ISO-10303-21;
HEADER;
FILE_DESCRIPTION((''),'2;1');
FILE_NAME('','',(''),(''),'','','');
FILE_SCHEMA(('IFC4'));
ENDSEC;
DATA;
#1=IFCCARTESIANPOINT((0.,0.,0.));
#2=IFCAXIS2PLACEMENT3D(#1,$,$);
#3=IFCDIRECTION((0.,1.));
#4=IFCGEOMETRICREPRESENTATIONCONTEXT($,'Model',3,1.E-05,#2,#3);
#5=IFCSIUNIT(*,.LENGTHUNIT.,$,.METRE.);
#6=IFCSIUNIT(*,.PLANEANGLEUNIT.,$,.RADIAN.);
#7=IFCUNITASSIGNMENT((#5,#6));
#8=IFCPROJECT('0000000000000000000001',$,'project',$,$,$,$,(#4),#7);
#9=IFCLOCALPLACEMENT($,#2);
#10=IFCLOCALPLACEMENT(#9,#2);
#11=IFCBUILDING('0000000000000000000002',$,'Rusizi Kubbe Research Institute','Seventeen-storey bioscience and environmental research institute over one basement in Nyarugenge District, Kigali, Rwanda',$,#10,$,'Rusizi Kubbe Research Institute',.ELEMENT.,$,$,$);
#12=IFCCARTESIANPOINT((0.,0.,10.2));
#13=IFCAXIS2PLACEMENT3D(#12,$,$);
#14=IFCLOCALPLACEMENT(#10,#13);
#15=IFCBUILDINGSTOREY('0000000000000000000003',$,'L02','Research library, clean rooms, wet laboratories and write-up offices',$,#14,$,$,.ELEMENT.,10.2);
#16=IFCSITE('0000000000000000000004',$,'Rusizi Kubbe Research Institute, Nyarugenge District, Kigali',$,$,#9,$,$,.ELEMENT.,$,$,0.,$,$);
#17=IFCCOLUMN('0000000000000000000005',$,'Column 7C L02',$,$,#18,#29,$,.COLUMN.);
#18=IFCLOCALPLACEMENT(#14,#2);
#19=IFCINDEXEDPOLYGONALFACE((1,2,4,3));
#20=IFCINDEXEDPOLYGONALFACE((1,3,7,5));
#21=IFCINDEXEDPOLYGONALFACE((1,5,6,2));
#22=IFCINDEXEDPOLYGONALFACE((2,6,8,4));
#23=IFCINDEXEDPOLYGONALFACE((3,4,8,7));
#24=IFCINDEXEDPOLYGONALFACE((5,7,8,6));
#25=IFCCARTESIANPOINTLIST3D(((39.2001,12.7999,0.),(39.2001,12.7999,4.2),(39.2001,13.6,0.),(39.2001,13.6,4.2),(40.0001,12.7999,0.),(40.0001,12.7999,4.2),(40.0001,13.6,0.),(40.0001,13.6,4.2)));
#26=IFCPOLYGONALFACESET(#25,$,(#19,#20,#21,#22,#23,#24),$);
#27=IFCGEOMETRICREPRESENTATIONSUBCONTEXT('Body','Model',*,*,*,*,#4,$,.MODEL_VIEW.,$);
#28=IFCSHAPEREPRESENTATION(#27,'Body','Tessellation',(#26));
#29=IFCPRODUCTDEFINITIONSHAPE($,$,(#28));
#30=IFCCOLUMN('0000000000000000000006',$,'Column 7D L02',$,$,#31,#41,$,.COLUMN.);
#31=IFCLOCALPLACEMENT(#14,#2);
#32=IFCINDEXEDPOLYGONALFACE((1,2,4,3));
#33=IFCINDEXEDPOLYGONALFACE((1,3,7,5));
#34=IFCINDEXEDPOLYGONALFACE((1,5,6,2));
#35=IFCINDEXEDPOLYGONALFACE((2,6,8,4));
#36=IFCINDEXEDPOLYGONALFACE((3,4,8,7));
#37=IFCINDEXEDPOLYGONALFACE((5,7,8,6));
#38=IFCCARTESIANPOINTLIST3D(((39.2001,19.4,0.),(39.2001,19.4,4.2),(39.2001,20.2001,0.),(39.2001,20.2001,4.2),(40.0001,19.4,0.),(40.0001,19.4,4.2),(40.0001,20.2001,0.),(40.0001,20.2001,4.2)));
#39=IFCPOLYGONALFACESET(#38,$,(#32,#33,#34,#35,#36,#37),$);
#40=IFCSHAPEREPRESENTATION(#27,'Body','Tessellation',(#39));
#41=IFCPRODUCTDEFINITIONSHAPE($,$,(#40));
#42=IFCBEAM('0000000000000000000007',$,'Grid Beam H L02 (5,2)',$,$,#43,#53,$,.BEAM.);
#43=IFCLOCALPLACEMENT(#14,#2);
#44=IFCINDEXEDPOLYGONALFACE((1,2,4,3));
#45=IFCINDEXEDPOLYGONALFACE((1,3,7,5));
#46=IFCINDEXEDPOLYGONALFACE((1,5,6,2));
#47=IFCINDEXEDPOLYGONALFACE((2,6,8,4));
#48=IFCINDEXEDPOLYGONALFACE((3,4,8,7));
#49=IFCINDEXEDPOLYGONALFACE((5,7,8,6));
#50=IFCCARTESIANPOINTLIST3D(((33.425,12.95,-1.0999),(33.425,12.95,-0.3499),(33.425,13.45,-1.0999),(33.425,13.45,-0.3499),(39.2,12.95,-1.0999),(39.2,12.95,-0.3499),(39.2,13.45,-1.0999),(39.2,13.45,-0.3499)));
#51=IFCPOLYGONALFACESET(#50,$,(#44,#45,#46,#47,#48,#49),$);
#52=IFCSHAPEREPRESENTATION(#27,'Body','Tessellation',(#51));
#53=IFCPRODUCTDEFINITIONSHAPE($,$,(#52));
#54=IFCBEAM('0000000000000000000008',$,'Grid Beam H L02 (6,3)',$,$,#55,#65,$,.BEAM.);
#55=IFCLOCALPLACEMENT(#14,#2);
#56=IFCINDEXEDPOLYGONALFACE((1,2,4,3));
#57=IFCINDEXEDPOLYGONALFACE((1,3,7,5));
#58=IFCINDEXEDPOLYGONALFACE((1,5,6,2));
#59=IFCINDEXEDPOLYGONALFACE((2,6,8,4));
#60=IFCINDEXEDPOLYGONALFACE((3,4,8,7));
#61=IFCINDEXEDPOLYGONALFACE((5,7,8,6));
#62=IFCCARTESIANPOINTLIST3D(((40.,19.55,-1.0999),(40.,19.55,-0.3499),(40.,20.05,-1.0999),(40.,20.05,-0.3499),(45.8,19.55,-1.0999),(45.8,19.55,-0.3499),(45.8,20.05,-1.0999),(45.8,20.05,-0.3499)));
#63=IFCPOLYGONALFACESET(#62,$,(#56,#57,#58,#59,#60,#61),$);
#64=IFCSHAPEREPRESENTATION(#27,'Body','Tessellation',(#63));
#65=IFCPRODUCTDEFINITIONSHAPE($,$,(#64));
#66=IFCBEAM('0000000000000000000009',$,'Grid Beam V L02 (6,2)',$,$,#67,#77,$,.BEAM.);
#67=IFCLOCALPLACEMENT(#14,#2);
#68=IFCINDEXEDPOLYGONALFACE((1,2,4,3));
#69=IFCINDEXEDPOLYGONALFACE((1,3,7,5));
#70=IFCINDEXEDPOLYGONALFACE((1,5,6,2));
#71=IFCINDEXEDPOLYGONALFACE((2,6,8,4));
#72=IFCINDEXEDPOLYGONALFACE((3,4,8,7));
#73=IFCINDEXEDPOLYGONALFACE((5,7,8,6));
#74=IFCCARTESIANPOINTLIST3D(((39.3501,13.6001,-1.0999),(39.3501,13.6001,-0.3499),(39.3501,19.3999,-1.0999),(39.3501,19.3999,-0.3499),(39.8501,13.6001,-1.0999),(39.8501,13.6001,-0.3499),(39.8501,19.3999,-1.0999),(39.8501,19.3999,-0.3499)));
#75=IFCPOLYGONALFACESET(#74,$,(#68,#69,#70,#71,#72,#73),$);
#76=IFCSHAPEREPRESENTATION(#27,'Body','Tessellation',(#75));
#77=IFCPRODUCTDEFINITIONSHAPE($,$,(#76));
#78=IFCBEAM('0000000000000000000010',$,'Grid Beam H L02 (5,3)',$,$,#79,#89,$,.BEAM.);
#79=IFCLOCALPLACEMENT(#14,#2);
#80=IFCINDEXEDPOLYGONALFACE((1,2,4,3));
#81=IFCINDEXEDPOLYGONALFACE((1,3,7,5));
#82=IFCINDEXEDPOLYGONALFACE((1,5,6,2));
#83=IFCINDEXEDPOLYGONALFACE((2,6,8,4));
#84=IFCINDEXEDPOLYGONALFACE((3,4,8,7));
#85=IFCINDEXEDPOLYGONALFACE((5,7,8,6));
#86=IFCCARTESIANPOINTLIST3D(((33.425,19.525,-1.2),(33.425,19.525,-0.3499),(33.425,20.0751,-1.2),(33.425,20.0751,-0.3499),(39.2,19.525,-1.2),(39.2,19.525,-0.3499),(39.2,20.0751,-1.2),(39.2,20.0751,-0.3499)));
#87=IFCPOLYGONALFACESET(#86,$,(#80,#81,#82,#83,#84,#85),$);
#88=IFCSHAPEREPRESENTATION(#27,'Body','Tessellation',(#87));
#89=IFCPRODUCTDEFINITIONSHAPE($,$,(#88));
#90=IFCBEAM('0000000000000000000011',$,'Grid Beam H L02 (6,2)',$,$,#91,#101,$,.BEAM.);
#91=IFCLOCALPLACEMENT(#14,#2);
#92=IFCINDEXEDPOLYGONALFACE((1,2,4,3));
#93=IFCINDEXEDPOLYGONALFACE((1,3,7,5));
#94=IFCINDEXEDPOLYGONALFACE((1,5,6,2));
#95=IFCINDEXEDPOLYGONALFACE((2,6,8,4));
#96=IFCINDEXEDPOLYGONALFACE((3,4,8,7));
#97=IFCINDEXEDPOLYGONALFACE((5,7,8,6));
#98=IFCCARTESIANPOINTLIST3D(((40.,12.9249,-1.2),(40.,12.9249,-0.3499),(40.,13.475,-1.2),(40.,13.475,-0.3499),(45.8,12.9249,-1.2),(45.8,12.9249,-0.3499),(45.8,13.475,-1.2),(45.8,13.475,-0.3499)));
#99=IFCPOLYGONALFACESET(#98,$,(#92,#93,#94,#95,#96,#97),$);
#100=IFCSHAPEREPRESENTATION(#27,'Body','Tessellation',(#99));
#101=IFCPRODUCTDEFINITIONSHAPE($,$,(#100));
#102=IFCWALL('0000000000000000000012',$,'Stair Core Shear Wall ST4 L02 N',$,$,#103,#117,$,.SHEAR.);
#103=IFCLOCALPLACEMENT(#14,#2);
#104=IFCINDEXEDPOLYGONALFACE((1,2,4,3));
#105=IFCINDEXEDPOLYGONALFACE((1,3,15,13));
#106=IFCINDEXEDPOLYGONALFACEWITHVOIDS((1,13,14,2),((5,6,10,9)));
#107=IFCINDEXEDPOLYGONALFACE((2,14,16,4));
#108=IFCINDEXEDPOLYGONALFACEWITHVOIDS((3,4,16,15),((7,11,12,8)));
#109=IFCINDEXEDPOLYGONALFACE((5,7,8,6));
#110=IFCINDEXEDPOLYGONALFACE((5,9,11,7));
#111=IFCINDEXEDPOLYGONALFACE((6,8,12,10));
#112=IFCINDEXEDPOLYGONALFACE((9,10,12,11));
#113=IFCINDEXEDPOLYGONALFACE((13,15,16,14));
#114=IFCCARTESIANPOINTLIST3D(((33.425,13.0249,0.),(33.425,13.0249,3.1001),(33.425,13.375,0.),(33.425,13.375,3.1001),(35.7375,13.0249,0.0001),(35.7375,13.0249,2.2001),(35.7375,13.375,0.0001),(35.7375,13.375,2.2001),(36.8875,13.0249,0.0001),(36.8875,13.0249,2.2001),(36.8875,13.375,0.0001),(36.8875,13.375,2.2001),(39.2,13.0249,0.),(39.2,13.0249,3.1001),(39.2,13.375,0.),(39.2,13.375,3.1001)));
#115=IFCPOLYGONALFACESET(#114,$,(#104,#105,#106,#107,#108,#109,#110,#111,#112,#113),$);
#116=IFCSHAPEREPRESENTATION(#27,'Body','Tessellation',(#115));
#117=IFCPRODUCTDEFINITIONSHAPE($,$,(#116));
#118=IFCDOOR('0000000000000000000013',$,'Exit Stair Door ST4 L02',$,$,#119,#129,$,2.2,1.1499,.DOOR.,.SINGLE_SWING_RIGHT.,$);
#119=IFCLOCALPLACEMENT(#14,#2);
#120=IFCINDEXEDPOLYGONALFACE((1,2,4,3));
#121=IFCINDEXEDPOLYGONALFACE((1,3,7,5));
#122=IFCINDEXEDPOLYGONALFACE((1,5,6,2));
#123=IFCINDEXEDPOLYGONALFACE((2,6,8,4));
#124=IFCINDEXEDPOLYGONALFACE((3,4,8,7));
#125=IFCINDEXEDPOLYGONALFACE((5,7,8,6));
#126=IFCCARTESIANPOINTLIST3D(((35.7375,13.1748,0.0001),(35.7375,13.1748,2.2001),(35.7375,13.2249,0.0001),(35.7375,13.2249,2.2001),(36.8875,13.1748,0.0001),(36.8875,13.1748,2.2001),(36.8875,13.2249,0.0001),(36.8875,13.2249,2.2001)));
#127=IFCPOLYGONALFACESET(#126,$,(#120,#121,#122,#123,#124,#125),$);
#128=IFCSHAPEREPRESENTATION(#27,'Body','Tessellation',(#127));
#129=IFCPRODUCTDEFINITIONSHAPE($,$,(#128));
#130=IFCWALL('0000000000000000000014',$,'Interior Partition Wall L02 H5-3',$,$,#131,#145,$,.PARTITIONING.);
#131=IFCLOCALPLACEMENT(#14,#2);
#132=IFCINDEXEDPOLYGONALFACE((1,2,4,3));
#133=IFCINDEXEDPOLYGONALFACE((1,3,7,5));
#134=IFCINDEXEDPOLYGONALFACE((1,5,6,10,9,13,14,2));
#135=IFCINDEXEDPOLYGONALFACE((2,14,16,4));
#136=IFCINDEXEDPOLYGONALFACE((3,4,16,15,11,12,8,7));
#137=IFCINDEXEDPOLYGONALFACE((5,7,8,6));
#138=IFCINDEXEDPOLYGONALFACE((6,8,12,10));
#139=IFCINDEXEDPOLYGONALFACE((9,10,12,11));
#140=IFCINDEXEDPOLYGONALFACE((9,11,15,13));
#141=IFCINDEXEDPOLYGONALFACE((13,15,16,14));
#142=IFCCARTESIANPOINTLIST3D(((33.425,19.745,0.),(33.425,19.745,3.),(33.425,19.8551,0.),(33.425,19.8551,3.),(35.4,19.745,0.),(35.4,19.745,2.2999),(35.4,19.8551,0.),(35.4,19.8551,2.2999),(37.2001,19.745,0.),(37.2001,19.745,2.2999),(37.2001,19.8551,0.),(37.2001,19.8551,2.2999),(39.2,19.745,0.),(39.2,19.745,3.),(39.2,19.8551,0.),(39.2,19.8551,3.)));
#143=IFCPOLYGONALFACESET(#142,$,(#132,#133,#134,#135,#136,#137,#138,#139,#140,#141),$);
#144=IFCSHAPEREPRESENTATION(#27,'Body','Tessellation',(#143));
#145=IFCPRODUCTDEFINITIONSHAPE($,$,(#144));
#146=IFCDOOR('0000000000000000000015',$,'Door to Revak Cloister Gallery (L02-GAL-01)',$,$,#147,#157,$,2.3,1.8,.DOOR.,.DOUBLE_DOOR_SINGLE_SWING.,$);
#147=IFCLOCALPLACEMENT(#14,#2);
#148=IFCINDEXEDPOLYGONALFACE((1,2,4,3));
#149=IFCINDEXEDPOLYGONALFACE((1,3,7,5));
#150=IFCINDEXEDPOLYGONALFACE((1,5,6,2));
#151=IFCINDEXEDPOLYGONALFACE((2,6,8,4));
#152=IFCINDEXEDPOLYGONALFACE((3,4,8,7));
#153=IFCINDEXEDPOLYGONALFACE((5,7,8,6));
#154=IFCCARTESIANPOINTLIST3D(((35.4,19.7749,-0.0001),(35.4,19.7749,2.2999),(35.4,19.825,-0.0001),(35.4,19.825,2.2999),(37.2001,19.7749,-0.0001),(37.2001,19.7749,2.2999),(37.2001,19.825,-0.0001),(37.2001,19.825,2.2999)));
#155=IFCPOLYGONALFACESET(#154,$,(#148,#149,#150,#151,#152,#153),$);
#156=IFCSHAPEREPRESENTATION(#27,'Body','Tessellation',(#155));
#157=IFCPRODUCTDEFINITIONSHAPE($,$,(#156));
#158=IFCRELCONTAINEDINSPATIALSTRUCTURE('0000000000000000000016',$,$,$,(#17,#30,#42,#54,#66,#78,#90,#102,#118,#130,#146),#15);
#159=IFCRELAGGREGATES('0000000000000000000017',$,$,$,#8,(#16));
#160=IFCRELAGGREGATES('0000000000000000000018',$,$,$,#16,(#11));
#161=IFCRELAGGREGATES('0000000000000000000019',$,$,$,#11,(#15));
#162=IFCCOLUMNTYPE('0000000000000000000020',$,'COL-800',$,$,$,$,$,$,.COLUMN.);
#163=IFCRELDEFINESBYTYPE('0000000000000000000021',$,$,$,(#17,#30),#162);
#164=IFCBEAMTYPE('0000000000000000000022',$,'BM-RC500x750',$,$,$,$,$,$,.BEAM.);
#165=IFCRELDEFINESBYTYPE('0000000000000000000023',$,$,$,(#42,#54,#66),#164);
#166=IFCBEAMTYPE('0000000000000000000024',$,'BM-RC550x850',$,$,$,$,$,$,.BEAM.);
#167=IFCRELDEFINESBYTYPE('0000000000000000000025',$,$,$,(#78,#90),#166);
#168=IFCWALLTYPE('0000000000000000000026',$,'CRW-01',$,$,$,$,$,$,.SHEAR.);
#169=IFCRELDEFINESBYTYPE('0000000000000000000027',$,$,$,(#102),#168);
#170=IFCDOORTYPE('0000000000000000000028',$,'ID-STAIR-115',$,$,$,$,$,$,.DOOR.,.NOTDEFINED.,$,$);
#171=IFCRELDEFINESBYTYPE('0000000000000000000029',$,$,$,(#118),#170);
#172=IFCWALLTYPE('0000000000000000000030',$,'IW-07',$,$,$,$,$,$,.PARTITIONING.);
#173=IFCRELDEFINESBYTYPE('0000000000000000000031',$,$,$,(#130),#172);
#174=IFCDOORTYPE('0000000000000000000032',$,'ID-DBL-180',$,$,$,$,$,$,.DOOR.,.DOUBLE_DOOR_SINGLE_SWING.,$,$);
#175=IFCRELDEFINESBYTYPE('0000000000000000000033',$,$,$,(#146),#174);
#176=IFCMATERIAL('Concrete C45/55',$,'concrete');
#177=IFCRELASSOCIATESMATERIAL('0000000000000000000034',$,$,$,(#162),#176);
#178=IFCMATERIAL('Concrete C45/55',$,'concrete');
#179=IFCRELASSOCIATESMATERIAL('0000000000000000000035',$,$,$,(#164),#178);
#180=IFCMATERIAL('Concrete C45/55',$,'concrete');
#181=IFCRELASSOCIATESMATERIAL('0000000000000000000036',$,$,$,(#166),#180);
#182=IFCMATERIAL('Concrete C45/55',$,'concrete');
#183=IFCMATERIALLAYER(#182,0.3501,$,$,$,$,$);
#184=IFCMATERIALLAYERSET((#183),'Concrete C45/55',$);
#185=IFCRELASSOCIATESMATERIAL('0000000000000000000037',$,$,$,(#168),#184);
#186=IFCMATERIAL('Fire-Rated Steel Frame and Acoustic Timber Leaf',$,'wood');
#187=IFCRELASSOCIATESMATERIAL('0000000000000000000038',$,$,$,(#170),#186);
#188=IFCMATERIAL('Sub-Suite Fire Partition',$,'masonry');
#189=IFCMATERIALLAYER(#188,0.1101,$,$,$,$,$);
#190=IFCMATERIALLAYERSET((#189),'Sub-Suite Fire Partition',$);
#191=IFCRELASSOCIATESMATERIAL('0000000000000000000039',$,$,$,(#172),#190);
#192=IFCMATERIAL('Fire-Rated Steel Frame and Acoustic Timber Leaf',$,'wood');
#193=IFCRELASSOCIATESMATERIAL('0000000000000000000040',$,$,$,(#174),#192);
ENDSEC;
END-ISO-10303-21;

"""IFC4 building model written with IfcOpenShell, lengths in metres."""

from ifc_helpers import new_model, si_unit, direction, frame, frame_2d, origin, origin_2d, place, context, subcontext, project, spatial, rectangle, extrude, material, layer, layer_set, material_profile, profile_set, type_object, element, fill, save


model = new_model("IFC4")

# Units and contexts
model_context = context("Model", 3, precision=1e-05, world=origin(), true_north=direction((0.0, 1.0)))
body_context = subcontext(model_context, "Body", "Model", "MODEL_VIEW")
ifc_project = project(units=[si_unit("LENGTHUNIT", "METRE"), si_unit("PLANEANGLEUNIT", "RADIAN")], contexts=[model_context])

# Site, building, storey
site_placement = place(None, origin())
site = spatial("IfcSite", under=ifc_project, at=site_placement, Name="Rusizi Kubbe Research Institute, Nyarugenge District, Kigali", CompositionType="ELEMENT", RefElevation=0.0)
building_placement = place(site_placement, origin())
building = spatial("IfcBuilding", under=site, at=building_placement, Name="Rusizi Kubbe Research Institute", Description="Seventeen-storey bioscience and environmental research institute over one basement in Nyarugenge District, Kigali, Rwanda", LongName="Rusizi Kubbe Research Institute", CompositionType="ELEMENT")
storey_placement = place(building_placement, frame((0.0, 0.0, 10.2)))
storey = spatial("IfcBuildingStorey", under=building, at=storey_placement, Name="L02", Description="Research library, clean rooms, wet laboratories and write-up offices", CompositionType="ELEMENT", Elevation=10.2)

# Columns
ifc_material_1 = material(Name="Concrete C45/55", Category="concrete")
ifc_material_profile_1 = material_profile(ifc_material_1, rectangle(XDim=0.8, YDim=0.8, at=origin_2d()), Name="RC800x800")
ifc_profile_set_1 = profile_set([ifc_material_profile_1], Name="Concrete C45/55")
column_type = type_object("IfcColumnType", Name="COL-800", PredefinedType="COLUMN", material=ifc_profile_set_1)
for number, where, z_axis, x_axis, name in (
    (1, (39.6001, 13.2, 0.0), (0.0, 0.0, 1.0), (1.0, 0.0, 0.0), "Column 7C L02"),
    (2, (39.6001, 19.8, 0.0), (0.0, 0.0, 1.0), (1.0, 0.0, 0.0), "Column 7D L02"),
):
    element("IfcColumn", number, at=place(storey_placement, frame(where, z_axis=z_axis, x_axis=x_axis)), inside=storey, type_object=column_type, Name=name, PredefinedType="COLUMN", context=body_context, shape_type="SweptSolid", body=[
        extrude(rectangle(XDim=0.8, YDim=0.8, at=origin_2d()), origin(), (0.0, 0.0, 1.0), 4.2),
    ])

# Beams
ifc_material_2 = material(Name="Concrete C45/55", Category="concrete")
ifc_material_profile_2 = material_profile(ifc_material_2, rectangle(XDim=0.5, YDim=0.75, at=origin_2d()), Name="RC500x750B")
ifc_profile_set_2 = profile_set([ifc_material_profile_2], Name="Concrete C45/55")
beam_type_1 = type_object("IfcBeamType", Name="BM-RC500x750", PredefinedType="BEAM", material=ifc_profile_set_2)
beam_1_placement = place(storey_placement, frame((33.425, 13.2, -0.7249), z_axis=(1.0, 0.0, 0.0), x_axis=(0.0, 1.0, 0.0)))
element("IfcBeam", 3, at=beam_1_placement, inside=storey, type_object=beam_type_1, Name="Grid Beam H L02 (5,2)", PredefinedType="BEAM", context=body_context, shape_type="SweptSolid", body=[
    extrude(rectangle(XDim=0.5, YDim=0.75, at=origin_2d()), origin(), (0.0, 0.0, 1.0), 5.7749),
])
beam_2_placement = place(storey_placement, frame((40.0, 19.8, -0.7249), z_axis=(1.0, 0.0, 0.0), x_axis=(0.0, 1.0, 0.0)))
element("IfcBeam", 4, at=beam_2_placement, inside=storey, type_object=beam_type_1, Name="Grid Beam H L02 (6,3)", PredefinedType="BEAM", context=body_context, shape_type="SweptSolid", body=[
    extrude(rectangle(XDim=0.5, YDim=0.75, at=origin_2d()), origin(), (0.0, 0.0, 1.0), 5.8),
])
beam_3_placement = place(storey_placement, frame((39.6001, 13.6001, -0.7249), z_axis=(0.0, 1.0, 0.0), x_axis=(-1.0, 0.0, 0.0)))
element("IfcBeam", 5, at=beam_3_placement, inside=storey, type_object=beam_type_1, Name="Grid Beam V L02 (6,2)", PredefinedType="BEAM", context=body_context, shape_type="SweptSolid", body=[
    extrude(rectangle(XDim=0.5, YDim=0.75, at=origin_2d()), origin(), (0.0, 0.0, 1.0), 5.7998),
])
ifc_material_3 = material(Name="Concrete C45/55", Category="concrete")
ifc_material_profile_3 = material_profile(ifc_material_3, rectangle(XDim=0.55, YDim=0.8501, at=origin_2d()), Name="RC550x850")
ifc_profile_set_3 = profile_set([ifc_material_profile_3], Name="Concrete C45/55")
beam_type_2 = type_object("IfcBeamType", Name="BM-RC550x850", PredefinedType="BEAM", material=ifc_profile_set_3)
beam_4_placement = place(storey_placement, frame((33.425, 19.8, -0.7749), z_axis=(1.0, 0.0, 0.0), x_axis=(0.0, 1.0, 0.0)))
element("IfcBeam", 6, at=beam_4_placement, inside=storey, type_object=beam_type_2, Name="Grid Beam H L02 (5,3)", PredefinedType="BEAM", context=body_context, shape_type="SweptSolid", body=[
    extrude(rectangle(XDim=0.55, YDim=0.8501, at=origin_2d()), origin(), (0.0, 0.0, 1.0), 5.7749),
])
beam_5_placement = place(storey_placement, frame((40.0, 13.2, -0.7749), z_axis=(1.0, 0.0, 0.0), x_axis=(0.0, 1.0, 0.0)))
element("IfcBeam", 7, at=beam_5_placement, inside=storey, type_object=beam_type_2, Name="Grid Beam H L02 (6,2)", PredefinedType="BEAM", context=body_context, shape_type="SweptSolid", body=[
    extrude(rectangle(XDim=0.55, YDim=0.8501, at=origin_2d()), origin(), (0.0, 0.0, 1.0), 5.8),
])

# Walls, openings, doors
ifc_material_4 = material(Name="Concrete C45/55", Category="concrete")
ifc_layer_1 = layer(ifc_material_4, 0.3501)
ifc_layer_set_1 = layer_set([ifc_layer_1], Name="Concrete C45/55")
wall_type_1 = type_object("IfcWallType", Name="CRW-01", PredefinedType="SHEAR", material=ifc_layer_set_1)
wall_1_placement = place(storey_placement, frame((33.425, 13.2, 0.0), z_axis=(0.0, 0.0, 1.0), x_axis=(1.0, 0.0, 0.0)))
wall_1 = element("IfcWall", 8, at=wall_1_placement, inside=storey, type_object=wall_type_1, Name="Stair Core Shear Wall ST4 L02 N", PredefinedType="SHEAR", context=body_context, shape_type="SweptSolid", body=[
    extrude(rectangle(XDim=5.7749, YDim=0.3501, at=frame_2d((2.8875, 0.0))), origin(), (0.0, 0.0, 1.0), 3.1001),
])
opening_1_placement = place(wall_1_placement, frame((2.3125, 0.0, 0.0)))
opening_1 = element("IfcOpeningElement", 9, at=opening_1_placement, cuts=wall_1, PredefinedType="OPENING", context=body_context, shape_type="SweptSolid", body=[
    extrude(rectangle(XDim=1.1499, YDim=2.2, at=frame_2d((0.575, 1.1001))), frame((0.0, 0.1851, 0.0), z_axis=(0.0, -1.0, 0.0), x_axis=(1.0, 0.0, 0.0)), (0.0, 0.0, 1.0), 0.3701),
])
ifc_material_5 = material(Name="Fire-Rated Steel Frame and Acoustic Timber Leaf", Category="wood")
door_type_1 = type_object("IfcDoorType", Name="ID-STAIR-115", OperationType="NOTDEFINED", PredefinedType="DOOR", material=ifc_material_5)
door_1_placement = place(opening_1_placement, origin())
door_1 = element("IfcDoor", 10, at=door_1_placement, inside=storey, type_object=door_type_1, Name="Exit Stair Door ST4 L02", OperationType="SINGLE_SWING_RIGHT", OverallHeight=2.2, OverallWidth=1.1499, PredefinedType="DOOR", context=body_context, shape_type="SweptSolid", body=[
    extrude(rectangle(XDim=1.1499, YDim=2.2, at=frame_2d((0.575, 1.1001))), frame((0.0, 0.0249, 0.0), z_axis=(0.0, -1.0, 0.0), x_axis=(1.0, 0.0, 0.0)), (0.0, 0.0, 1.0), 0.05),
])
fill(opening_1, door_1)
ifc_material_6 = material(Name="Sub-Suite Fire Partition", Category="masonry")
ifc_layer_2 = layer(ifc_material_6, 0.1101)
ifc_layer_set_2 = layer_set([ifc_layer_2], Name="Sub-Suite Fire Partition")
wall_type_2 = type_object("IfcWallType", Name="IW-07", PredefinedType="PARTITIONING", material=ifc_layer_set_2)
wall_2_placement = place(storey_placement, frame((33.425, 19.8, 0.0), z_axis=(0.0, 0.0, 1.0), x_axis=(1.0, 0.0, 0.0)))
wall_2 = element("IfcWall", 11, at=wall_2_placement, inside=storey, type_object=wall_type_2, Name="Interior Partition Wall L02 H5-3", PredefinedType="PARTITIONING", context=body_context, shape_type="SweptSolid", body=[
    extrude(rectangle(XDim=5.7749, YDim=0.1101, at=frame_2d((2.8875, 0.0))), origin(), (0.0, 0.0, 1.0), 3.0),
])
opening_2_placement = place(wall_2_placement, frame((1.9751, 0.0, 0.0)))
opening_2 = element("IfcOpeningElement", 12, at=opening_2_placement, cuts=wall_2, PredefinedType="OPENING", context=body_context, shape_type="SweptSolid", body=[
    extrude(rectangle(XDim=1.8, YDim=2.3, at=frame_2d((0.8999, 1.1499))), frame((0.0, 0.0649, 0.0), z_axis=(0.0, -1.0, 0.0), x_axis=(1.0, 0.0, 0.0)), (0.0, 0.0, 1.0), 0.1301),
])
ifc_material_7 = material(Name="Fire-Rated Steel Frame and Acoustic Timber Leaf", Category="wood")
door_type_2 = type_object("IfcDoorType", Name="ID-DBL-180", OperationType="DOUBLE_DOOR_SINGLE_SWING", PredefinedType="DOOR", material=ifc_material_7)
door_2_placement = place(opening_2_placement, origin())
door_2 = element("IfcDoor", 13, at=door_2_placement, inside=storey, type_object=door_type_2, Name="Door to Revak Cloister Gallery (L02-GAL-01)", OperationType="DOUBLE_DOOR_SINGLE_SWING", OverallHeight=2.3, OverallWidth=1.8, PredefinedType="DOOR", context=body_context, shape_type="SweptSolid", body=[
    extrude(rectangle(XDim=1.8, YDim=2.3, at=frame_2d((0.8999, 1.1499))), frame((0.0, 0.0249, 0.0), z_axis=(0.0, -1.0, 0.0), x_axis=(1.0, 0.0, 0.0)), (0.0, 0.0, 1.0), 0.05),
])
fill(opening_2, door_2)

save(model, "model.ifc")
